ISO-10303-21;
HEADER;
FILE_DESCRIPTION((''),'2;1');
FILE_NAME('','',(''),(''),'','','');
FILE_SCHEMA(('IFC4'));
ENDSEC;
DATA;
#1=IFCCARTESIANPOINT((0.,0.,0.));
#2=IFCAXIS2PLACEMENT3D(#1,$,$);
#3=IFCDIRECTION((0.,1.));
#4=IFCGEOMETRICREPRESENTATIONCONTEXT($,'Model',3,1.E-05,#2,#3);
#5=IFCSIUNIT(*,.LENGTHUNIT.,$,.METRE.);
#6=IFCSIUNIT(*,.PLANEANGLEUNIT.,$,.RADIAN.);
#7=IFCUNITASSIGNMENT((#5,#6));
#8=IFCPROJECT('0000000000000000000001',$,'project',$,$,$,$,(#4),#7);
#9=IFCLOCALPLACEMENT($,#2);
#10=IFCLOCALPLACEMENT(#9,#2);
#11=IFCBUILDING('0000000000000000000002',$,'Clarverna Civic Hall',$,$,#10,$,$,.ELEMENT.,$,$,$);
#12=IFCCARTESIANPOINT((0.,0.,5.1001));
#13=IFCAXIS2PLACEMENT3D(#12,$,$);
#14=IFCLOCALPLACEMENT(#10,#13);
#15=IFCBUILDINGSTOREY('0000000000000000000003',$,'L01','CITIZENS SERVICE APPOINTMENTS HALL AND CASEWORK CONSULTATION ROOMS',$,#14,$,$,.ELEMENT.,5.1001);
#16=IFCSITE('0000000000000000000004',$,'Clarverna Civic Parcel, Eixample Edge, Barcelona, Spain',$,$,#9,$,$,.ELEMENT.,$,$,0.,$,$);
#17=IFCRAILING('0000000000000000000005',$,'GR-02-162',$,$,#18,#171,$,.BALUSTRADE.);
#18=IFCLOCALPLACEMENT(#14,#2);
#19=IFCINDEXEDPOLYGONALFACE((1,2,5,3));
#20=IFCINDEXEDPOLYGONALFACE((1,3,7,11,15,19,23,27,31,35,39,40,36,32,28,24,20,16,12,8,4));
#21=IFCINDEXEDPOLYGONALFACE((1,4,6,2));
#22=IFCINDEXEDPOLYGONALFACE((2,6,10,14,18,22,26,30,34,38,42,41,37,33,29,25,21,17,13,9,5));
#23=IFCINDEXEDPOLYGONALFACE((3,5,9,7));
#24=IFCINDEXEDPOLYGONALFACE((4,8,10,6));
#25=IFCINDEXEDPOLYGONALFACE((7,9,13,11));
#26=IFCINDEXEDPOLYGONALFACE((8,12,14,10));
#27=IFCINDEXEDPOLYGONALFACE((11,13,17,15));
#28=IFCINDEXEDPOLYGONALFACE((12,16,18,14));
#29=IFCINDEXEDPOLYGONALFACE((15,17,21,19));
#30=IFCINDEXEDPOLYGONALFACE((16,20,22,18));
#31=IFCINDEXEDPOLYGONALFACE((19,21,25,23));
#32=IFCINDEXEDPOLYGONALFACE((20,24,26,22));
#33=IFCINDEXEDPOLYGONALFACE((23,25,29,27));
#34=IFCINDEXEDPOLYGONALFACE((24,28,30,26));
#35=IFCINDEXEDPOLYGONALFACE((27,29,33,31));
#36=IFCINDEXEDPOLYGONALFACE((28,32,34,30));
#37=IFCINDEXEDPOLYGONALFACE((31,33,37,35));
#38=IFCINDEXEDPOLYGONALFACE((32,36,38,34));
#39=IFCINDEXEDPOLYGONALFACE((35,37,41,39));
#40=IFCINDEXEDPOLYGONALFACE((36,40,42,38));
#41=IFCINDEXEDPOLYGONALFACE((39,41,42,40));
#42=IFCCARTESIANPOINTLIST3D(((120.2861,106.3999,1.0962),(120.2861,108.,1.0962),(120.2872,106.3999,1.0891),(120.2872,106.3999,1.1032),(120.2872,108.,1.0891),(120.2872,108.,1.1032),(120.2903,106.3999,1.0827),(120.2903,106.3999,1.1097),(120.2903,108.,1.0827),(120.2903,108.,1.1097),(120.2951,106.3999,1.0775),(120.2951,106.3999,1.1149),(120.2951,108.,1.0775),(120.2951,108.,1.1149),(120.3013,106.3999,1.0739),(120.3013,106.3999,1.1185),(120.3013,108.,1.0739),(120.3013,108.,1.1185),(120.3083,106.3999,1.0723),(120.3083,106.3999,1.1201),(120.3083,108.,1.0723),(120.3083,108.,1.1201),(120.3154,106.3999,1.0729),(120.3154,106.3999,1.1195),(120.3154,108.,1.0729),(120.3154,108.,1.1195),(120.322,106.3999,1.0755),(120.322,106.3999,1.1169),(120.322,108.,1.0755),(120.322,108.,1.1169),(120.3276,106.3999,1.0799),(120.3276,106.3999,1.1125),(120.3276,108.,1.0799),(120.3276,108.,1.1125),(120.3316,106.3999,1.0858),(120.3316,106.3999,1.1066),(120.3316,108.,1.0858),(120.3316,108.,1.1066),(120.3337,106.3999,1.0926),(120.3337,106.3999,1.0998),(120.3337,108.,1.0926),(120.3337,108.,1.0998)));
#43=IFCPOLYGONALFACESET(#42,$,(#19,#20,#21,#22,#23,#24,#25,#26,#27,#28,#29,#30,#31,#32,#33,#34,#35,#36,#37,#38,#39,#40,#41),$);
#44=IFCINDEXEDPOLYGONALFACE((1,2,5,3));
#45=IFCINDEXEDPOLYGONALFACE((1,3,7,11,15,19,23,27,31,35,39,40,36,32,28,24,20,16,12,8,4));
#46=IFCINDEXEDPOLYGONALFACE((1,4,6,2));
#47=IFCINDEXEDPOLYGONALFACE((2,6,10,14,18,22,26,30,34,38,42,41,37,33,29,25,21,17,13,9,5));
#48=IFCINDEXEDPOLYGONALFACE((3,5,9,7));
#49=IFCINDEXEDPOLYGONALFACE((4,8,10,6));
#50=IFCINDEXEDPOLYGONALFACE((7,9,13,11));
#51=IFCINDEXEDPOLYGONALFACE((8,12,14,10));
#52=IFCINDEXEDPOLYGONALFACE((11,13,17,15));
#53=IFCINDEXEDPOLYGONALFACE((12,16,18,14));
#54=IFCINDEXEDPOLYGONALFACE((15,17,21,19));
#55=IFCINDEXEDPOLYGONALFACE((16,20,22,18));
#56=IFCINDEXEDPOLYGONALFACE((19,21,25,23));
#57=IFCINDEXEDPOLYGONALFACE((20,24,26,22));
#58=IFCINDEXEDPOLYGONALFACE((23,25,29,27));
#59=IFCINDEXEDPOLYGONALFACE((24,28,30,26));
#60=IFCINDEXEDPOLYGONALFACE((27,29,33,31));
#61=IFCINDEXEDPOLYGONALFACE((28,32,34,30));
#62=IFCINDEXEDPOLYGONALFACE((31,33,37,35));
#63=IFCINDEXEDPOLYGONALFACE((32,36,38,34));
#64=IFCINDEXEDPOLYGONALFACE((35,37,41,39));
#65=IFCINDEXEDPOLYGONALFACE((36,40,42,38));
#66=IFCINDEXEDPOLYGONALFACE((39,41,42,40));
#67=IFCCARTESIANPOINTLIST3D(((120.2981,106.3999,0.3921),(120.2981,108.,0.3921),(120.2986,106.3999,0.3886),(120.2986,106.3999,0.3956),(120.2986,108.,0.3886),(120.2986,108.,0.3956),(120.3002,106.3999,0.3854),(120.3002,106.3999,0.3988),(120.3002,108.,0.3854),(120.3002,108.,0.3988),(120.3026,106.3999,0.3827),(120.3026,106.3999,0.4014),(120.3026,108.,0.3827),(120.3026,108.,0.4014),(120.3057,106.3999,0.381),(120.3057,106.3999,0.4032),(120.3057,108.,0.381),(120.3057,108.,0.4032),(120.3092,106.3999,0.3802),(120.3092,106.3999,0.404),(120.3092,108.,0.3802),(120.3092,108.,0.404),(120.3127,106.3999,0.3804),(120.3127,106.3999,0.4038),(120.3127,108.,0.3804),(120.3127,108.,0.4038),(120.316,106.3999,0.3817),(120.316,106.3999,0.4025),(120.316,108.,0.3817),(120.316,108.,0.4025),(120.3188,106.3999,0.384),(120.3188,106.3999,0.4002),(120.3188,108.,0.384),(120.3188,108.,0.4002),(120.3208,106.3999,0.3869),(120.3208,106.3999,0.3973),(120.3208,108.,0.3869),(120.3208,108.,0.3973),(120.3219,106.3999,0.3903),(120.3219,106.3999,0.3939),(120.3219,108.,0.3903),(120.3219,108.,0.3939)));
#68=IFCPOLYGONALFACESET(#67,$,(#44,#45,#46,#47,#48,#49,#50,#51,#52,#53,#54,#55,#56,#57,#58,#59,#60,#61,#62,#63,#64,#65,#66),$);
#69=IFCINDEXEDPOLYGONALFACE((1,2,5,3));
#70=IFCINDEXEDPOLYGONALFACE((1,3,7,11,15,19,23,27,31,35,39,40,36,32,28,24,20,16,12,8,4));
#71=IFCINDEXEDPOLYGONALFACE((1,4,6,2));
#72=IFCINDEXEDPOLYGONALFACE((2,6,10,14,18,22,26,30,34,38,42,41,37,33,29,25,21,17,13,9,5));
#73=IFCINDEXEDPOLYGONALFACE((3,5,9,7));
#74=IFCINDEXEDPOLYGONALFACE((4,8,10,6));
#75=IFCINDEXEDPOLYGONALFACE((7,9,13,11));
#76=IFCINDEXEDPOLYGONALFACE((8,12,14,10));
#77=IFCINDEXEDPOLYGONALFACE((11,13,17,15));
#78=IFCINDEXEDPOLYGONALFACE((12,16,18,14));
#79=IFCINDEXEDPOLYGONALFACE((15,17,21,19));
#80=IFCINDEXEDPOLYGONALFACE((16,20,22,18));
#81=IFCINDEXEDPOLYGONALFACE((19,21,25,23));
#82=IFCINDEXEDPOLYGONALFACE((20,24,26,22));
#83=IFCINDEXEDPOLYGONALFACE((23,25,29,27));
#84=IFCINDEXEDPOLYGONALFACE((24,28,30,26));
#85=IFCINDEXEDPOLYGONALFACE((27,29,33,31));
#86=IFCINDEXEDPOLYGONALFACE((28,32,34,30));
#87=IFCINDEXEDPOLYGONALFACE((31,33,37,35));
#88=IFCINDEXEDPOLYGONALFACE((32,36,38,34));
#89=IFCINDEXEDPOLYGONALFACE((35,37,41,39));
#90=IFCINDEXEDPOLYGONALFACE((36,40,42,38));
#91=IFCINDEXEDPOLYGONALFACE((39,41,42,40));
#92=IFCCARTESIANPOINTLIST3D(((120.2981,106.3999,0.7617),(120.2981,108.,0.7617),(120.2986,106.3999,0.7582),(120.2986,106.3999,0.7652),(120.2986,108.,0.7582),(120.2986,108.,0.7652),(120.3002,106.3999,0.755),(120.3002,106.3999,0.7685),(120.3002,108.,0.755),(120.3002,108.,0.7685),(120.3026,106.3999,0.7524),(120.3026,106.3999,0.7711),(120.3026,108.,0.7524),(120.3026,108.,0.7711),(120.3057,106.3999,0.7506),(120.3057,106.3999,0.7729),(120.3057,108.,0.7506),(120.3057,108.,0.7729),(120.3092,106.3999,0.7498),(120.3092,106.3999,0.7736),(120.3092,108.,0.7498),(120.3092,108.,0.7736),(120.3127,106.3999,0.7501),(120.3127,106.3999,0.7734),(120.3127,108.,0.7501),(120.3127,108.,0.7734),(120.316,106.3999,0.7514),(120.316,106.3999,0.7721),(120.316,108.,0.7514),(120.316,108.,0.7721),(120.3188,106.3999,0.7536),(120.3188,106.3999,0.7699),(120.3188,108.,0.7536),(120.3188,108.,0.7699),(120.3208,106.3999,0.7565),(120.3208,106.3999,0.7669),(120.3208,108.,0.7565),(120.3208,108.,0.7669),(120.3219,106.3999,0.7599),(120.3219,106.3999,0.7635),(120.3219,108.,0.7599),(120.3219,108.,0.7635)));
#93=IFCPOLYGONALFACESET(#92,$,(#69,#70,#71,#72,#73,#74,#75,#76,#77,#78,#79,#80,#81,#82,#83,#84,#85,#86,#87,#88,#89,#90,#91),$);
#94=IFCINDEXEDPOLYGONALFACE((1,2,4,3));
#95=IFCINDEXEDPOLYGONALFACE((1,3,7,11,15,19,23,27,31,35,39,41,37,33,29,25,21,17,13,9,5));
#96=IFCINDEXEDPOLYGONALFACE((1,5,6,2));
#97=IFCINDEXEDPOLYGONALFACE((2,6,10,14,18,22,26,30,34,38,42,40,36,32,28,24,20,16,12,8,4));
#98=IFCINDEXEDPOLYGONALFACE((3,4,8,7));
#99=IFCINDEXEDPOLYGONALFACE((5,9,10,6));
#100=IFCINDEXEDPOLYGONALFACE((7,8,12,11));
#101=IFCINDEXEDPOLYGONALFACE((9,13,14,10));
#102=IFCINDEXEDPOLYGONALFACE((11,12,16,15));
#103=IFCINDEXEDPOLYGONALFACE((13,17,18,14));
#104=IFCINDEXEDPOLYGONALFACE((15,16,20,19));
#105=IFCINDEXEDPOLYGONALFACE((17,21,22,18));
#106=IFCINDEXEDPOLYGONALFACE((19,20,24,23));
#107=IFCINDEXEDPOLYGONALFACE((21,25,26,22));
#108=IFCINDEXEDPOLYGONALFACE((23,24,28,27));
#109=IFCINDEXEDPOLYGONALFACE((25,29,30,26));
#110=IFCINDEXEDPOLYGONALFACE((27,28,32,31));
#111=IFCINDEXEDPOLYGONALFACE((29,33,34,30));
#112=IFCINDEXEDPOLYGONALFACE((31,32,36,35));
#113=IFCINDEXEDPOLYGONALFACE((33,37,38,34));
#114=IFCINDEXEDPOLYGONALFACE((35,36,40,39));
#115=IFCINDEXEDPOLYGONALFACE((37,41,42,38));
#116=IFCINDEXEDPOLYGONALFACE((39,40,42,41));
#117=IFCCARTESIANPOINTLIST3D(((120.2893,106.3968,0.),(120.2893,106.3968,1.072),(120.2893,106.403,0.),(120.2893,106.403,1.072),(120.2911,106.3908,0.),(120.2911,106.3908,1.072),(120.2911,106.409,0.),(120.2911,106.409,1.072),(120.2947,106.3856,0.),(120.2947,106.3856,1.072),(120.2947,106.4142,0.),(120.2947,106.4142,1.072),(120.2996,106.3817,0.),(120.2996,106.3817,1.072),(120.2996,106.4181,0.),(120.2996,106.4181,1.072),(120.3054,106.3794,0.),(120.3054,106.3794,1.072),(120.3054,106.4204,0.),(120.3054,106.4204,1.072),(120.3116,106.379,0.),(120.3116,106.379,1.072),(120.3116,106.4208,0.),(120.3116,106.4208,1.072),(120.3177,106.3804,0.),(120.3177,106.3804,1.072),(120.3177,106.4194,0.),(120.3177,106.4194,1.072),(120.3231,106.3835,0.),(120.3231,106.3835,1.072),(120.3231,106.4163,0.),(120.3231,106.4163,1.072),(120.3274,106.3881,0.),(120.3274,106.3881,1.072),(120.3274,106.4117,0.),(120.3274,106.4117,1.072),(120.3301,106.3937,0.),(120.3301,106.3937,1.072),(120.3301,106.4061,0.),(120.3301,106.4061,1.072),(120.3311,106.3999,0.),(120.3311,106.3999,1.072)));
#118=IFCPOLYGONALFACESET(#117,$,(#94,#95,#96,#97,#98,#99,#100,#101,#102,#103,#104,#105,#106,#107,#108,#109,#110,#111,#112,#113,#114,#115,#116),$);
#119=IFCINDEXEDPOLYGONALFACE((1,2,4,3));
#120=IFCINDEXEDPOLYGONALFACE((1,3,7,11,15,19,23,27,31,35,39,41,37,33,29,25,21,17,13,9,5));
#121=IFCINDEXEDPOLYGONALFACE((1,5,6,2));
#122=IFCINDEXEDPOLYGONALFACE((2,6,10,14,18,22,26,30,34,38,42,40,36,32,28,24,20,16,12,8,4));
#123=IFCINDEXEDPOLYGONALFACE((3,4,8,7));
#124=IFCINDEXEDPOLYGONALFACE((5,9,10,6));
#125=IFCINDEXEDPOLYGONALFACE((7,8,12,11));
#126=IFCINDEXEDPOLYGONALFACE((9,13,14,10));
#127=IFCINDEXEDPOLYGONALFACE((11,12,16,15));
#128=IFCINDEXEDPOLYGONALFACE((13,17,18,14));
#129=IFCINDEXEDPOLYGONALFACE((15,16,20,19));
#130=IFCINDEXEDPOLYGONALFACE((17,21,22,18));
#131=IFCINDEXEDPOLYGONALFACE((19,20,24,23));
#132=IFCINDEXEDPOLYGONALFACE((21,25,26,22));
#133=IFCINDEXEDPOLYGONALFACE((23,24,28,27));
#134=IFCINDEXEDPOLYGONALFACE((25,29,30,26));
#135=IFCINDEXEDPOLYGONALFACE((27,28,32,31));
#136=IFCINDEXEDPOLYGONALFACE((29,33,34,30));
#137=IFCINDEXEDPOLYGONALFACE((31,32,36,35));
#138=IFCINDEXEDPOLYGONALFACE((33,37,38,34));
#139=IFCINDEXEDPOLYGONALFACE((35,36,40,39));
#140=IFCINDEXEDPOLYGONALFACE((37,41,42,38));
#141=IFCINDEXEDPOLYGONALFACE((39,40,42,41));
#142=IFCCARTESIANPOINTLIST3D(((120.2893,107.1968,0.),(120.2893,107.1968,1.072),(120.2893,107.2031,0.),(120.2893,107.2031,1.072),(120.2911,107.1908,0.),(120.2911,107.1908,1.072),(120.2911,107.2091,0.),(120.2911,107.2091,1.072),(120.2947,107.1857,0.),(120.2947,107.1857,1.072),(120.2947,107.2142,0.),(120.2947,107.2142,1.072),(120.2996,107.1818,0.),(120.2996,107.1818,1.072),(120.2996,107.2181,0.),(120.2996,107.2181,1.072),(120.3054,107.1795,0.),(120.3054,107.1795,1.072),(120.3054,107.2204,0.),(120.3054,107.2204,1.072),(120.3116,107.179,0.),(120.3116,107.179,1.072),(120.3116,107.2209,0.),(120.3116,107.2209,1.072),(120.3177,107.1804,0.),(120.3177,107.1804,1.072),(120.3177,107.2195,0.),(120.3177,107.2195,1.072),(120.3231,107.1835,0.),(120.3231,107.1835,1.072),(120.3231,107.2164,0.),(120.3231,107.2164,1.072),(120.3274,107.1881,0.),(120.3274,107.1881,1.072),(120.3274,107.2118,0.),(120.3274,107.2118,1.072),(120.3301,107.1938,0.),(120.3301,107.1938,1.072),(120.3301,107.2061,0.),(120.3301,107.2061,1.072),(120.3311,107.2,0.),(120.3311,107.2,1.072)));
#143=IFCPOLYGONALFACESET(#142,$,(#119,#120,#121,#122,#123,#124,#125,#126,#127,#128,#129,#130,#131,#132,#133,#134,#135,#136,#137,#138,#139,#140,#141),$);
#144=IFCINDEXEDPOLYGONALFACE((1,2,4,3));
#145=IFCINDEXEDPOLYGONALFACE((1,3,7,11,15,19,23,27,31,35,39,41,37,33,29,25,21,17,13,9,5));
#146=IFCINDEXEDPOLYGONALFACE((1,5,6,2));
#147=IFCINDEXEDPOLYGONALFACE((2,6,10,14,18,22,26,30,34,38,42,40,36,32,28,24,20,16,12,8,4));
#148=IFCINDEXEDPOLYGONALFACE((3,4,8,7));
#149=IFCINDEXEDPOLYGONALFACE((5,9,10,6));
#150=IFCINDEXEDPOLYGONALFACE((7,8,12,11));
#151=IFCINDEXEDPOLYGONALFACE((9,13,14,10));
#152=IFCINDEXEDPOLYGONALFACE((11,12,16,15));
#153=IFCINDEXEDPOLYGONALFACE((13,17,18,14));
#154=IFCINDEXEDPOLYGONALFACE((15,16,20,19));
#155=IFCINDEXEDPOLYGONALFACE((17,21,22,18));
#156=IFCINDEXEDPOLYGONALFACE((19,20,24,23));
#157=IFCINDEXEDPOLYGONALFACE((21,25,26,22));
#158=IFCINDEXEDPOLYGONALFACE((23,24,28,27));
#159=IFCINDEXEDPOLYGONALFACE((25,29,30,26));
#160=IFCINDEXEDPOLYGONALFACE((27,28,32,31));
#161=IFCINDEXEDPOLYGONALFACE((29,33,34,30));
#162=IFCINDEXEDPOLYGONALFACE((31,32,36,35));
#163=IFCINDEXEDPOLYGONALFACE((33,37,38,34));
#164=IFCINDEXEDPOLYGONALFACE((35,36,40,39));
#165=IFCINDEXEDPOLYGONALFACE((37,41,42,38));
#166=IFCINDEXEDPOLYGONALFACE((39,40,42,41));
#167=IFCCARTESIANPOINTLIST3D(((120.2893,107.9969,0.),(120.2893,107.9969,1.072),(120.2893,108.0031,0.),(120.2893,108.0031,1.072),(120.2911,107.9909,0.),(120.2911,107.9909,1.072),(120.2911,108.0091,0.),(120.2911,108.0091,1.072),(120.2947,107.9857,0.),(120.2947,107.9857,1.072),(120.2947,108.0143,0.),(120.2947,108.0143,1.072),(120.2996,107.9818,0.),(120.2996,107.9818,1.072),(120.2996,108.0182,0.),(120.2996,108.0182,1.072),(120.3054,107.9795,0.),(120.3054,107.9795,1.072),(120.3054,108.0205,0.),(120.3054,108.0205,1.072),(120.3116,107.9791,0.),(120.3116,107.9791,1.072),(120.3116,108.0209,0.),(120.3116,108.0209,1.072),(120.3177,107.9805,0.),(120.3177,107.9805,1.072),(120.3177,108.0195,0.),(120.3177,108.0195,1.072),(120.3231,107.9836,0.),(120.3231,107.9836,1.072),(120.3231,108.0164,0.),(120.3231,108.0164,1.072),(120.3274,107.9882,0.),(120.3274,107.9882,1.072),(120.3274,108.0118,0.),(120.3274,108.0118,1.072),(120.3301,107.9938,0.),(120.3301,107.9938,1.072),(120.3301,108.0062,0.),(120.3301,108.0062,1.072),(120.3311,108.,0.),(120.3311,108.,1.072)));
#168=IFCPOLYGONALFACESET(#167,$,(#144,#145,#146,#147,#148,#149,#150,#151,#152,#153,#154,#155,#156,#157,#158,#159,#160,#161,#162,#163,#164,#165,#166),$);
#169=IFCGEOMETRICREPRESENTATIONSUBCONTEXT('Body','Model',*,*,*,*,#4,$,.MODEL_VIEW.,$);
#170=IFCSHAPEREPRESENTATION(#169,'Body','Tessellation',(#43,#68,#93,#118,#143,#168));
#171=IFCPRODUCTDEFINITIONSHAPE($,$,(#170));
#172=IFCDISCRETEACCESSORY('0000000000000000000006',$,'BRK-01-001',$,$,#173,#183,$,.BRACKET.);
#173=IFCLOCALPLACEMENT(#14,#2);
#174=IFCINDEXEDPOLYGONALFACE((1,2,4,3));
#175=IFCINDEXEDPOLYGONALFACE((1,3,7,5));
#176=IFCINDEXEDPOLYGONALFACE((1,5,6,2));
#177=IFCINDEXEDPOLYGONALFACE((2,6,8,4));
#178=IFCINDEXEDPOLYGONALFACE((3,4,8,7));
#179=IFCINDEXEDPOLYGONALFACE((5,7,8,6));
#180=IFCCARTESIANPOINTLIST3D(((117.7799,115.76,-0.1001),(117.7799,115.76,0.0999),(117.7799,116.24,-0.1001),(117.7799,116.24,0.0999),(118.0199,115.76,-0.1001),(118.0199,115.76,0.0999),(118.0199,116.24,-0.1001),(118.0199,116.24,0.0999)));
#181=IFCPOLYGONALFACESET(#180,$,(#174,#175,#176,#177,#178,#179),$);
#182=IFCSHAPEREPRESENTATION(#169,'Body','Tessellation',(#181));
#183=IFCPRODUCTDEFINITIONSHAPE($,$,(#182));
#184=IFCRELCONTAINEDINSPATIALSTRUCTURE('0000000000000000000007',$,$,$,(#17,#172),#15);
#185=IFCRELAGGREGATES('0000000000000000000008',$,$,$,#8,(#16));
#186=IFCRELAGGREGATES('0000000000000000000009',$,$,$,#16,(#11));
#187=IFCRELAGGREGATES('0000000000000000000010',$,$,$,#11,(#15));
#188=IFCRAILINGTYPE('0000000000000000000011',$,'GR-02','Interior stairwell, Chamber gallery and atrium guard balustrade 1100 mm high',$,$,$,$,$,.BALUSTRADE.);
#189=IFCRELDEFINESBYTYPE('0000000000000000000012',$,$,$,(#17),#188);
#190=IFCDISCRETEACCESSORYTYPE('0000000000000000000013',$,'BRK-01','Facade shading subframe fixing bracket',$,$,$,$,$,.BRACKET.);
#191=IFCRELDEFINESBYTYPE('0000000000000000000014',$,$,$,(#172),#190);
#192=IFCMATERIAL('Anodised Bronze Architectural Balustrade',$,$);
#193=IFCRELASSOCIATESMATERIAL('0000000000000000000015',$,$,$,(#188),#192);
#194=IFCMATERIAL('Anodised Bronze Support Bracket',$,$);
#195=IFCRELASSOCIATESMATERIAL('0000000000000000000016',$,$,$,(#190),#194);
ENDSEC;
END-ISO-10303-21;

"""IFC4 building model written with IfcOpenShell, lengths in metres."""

from ifc_helpers import new_model, si_unit, direction, frame, origin, origin_2d, place, context, subcontext, project, spatial, rectangle, circle, extrude, material, type_object, element, save


model = new_model("IFC4")

# Units and contexts
model_context = context("Model", 3, precision=1e-05, world=origin(), true_north=direction((0.0, 1.0)))
body_context = subcontext(model_context, "Body", "Model", "MODEL_VIEW")
ifc_project = project(units=[si_unit("LENGTHUNIT", "METRE"), si_unit("PLANEANGLEUNIT", "RADIAN")], contexts=[model_context])

# Site, building, storey
site_placement = place(None, origin())
site = spatial("IfcSite", under=ifc_project, at=site_placement, Name="Clarverna Civic Parcel, Eixample Edge, Barcelona, Spain", CompositionType="ELEMENT", RefElevation=0.0)
building_placement = place(site_placement, origin())
building = spatial("IfcBuilding", under=site, at=building_placement, Name="Clarverna Civic Hall", CompositionType="ELEMENT")
storey_placement = place(building_placement, frame((0.0, 0.0, 5.1001)))
storey = spatial("IfcBuildingStorey", under=building, at=storey_placement, Name="L01", Description="CITIZENS SERVICE APPOINTMENTS HALL AND CASEWORK CONSULTATION ROOMS", CompositionType="ELEMENT", Elevation=5.1001)

# Railing
ifc_material_1 = material(Name="Anodised Bronze Architectural Balustrade")
railing_type = type_object("IfcRailingType", Name="GR-02", Description="Interior stairwell, Chamber gallery and atrium guard balustrade 1100 mm high", PredefinedType="BALUSTRADE", material=ifc_material_1)
railing_placement = place(storey_placement, frame((120.3101, 106.3999, 0.0)))
element("IfcRailing", 1, at=railing_placement, inside=storey, type_object=railing_type, Name="GR-02-162", PredefinedType="BALUSTRADE", context=body_context, shape_type="SweptSolid", body=[
    extrude(circle(Radius=0.0239, at=origin_2d()), frame((0.0, 0.0, 1.0962), z_axis=(0.0, 1.0, 0.0), x_axis=(-1.0, 0.0, 0.0)), (0.0, 0.0, 1.0), 1.6001),
    extrude(circle(Radius=0.012, at=origin_2d()), frame((0.0, 0.0, 0.3921), z_axis=(0.0, 1.0, 0.0), x_axis=(-1.0, 0.0, 0.0)), (0.0, 0.0, 1.0), 1.6001),
    extrude(circle(Radius=0.012, at=origin_2d()), frame((0.0, 0.0, 0.7617), z_axis=(0.0, 1.0, 0.0), x_axis=(-1.0, 0.0, 0.0)), (0.0, 0.0, 1.0), 1.6001),
    extrude(circle(Radius=0.021, at=origin_2d()), origin(), (0.0, 0.0, 1.0), 1.072),
    extrude(circle(Radius=0.021, at=origin_2d()), frame((0.0, 0.8, 0.0)), (0.0, 0.0, 1.0), 1.072),
    extrude(circle(Radius=0.021, at=origin_2d()), frame((0.0, 1.6001, 0.0)), (0.0, 0.0, 1.0), 1.072),
])

# Discrete accessory
ifc_material_2 = material(Name="Anodised Bronze Support Bracket")
discrete_accessory_type = type_object("IfcDiscreteAccessoryType", Name="BRK-01", Description="Facade shading subframe fixing bracket", PredefinedType="BRACKET", material=ifc_material_2)
discrete_accessory_placement = place(storey_placement, frame((117.8999, 116.0, -0.1001), z_axis=(0.0, 0.0, 1.0), x_axis=(1.0, 0.0, 0.0)))
element("IfcDiscreteAccessory", 2, at=discrete_accessory_placement, inside=storey, type_object=discrete_accessory_type, Name="BRK-01-001", PredefinedType="BRACKET", context=body_context, shape_type="SweptSolid", body=[
    extrude(rectangle(XDim=0.24, YDim=0.48, at=origin_2d()), origin(), (0.0, 0.0, 1.0), 0.2),
])

save(model, "model.ifc")
